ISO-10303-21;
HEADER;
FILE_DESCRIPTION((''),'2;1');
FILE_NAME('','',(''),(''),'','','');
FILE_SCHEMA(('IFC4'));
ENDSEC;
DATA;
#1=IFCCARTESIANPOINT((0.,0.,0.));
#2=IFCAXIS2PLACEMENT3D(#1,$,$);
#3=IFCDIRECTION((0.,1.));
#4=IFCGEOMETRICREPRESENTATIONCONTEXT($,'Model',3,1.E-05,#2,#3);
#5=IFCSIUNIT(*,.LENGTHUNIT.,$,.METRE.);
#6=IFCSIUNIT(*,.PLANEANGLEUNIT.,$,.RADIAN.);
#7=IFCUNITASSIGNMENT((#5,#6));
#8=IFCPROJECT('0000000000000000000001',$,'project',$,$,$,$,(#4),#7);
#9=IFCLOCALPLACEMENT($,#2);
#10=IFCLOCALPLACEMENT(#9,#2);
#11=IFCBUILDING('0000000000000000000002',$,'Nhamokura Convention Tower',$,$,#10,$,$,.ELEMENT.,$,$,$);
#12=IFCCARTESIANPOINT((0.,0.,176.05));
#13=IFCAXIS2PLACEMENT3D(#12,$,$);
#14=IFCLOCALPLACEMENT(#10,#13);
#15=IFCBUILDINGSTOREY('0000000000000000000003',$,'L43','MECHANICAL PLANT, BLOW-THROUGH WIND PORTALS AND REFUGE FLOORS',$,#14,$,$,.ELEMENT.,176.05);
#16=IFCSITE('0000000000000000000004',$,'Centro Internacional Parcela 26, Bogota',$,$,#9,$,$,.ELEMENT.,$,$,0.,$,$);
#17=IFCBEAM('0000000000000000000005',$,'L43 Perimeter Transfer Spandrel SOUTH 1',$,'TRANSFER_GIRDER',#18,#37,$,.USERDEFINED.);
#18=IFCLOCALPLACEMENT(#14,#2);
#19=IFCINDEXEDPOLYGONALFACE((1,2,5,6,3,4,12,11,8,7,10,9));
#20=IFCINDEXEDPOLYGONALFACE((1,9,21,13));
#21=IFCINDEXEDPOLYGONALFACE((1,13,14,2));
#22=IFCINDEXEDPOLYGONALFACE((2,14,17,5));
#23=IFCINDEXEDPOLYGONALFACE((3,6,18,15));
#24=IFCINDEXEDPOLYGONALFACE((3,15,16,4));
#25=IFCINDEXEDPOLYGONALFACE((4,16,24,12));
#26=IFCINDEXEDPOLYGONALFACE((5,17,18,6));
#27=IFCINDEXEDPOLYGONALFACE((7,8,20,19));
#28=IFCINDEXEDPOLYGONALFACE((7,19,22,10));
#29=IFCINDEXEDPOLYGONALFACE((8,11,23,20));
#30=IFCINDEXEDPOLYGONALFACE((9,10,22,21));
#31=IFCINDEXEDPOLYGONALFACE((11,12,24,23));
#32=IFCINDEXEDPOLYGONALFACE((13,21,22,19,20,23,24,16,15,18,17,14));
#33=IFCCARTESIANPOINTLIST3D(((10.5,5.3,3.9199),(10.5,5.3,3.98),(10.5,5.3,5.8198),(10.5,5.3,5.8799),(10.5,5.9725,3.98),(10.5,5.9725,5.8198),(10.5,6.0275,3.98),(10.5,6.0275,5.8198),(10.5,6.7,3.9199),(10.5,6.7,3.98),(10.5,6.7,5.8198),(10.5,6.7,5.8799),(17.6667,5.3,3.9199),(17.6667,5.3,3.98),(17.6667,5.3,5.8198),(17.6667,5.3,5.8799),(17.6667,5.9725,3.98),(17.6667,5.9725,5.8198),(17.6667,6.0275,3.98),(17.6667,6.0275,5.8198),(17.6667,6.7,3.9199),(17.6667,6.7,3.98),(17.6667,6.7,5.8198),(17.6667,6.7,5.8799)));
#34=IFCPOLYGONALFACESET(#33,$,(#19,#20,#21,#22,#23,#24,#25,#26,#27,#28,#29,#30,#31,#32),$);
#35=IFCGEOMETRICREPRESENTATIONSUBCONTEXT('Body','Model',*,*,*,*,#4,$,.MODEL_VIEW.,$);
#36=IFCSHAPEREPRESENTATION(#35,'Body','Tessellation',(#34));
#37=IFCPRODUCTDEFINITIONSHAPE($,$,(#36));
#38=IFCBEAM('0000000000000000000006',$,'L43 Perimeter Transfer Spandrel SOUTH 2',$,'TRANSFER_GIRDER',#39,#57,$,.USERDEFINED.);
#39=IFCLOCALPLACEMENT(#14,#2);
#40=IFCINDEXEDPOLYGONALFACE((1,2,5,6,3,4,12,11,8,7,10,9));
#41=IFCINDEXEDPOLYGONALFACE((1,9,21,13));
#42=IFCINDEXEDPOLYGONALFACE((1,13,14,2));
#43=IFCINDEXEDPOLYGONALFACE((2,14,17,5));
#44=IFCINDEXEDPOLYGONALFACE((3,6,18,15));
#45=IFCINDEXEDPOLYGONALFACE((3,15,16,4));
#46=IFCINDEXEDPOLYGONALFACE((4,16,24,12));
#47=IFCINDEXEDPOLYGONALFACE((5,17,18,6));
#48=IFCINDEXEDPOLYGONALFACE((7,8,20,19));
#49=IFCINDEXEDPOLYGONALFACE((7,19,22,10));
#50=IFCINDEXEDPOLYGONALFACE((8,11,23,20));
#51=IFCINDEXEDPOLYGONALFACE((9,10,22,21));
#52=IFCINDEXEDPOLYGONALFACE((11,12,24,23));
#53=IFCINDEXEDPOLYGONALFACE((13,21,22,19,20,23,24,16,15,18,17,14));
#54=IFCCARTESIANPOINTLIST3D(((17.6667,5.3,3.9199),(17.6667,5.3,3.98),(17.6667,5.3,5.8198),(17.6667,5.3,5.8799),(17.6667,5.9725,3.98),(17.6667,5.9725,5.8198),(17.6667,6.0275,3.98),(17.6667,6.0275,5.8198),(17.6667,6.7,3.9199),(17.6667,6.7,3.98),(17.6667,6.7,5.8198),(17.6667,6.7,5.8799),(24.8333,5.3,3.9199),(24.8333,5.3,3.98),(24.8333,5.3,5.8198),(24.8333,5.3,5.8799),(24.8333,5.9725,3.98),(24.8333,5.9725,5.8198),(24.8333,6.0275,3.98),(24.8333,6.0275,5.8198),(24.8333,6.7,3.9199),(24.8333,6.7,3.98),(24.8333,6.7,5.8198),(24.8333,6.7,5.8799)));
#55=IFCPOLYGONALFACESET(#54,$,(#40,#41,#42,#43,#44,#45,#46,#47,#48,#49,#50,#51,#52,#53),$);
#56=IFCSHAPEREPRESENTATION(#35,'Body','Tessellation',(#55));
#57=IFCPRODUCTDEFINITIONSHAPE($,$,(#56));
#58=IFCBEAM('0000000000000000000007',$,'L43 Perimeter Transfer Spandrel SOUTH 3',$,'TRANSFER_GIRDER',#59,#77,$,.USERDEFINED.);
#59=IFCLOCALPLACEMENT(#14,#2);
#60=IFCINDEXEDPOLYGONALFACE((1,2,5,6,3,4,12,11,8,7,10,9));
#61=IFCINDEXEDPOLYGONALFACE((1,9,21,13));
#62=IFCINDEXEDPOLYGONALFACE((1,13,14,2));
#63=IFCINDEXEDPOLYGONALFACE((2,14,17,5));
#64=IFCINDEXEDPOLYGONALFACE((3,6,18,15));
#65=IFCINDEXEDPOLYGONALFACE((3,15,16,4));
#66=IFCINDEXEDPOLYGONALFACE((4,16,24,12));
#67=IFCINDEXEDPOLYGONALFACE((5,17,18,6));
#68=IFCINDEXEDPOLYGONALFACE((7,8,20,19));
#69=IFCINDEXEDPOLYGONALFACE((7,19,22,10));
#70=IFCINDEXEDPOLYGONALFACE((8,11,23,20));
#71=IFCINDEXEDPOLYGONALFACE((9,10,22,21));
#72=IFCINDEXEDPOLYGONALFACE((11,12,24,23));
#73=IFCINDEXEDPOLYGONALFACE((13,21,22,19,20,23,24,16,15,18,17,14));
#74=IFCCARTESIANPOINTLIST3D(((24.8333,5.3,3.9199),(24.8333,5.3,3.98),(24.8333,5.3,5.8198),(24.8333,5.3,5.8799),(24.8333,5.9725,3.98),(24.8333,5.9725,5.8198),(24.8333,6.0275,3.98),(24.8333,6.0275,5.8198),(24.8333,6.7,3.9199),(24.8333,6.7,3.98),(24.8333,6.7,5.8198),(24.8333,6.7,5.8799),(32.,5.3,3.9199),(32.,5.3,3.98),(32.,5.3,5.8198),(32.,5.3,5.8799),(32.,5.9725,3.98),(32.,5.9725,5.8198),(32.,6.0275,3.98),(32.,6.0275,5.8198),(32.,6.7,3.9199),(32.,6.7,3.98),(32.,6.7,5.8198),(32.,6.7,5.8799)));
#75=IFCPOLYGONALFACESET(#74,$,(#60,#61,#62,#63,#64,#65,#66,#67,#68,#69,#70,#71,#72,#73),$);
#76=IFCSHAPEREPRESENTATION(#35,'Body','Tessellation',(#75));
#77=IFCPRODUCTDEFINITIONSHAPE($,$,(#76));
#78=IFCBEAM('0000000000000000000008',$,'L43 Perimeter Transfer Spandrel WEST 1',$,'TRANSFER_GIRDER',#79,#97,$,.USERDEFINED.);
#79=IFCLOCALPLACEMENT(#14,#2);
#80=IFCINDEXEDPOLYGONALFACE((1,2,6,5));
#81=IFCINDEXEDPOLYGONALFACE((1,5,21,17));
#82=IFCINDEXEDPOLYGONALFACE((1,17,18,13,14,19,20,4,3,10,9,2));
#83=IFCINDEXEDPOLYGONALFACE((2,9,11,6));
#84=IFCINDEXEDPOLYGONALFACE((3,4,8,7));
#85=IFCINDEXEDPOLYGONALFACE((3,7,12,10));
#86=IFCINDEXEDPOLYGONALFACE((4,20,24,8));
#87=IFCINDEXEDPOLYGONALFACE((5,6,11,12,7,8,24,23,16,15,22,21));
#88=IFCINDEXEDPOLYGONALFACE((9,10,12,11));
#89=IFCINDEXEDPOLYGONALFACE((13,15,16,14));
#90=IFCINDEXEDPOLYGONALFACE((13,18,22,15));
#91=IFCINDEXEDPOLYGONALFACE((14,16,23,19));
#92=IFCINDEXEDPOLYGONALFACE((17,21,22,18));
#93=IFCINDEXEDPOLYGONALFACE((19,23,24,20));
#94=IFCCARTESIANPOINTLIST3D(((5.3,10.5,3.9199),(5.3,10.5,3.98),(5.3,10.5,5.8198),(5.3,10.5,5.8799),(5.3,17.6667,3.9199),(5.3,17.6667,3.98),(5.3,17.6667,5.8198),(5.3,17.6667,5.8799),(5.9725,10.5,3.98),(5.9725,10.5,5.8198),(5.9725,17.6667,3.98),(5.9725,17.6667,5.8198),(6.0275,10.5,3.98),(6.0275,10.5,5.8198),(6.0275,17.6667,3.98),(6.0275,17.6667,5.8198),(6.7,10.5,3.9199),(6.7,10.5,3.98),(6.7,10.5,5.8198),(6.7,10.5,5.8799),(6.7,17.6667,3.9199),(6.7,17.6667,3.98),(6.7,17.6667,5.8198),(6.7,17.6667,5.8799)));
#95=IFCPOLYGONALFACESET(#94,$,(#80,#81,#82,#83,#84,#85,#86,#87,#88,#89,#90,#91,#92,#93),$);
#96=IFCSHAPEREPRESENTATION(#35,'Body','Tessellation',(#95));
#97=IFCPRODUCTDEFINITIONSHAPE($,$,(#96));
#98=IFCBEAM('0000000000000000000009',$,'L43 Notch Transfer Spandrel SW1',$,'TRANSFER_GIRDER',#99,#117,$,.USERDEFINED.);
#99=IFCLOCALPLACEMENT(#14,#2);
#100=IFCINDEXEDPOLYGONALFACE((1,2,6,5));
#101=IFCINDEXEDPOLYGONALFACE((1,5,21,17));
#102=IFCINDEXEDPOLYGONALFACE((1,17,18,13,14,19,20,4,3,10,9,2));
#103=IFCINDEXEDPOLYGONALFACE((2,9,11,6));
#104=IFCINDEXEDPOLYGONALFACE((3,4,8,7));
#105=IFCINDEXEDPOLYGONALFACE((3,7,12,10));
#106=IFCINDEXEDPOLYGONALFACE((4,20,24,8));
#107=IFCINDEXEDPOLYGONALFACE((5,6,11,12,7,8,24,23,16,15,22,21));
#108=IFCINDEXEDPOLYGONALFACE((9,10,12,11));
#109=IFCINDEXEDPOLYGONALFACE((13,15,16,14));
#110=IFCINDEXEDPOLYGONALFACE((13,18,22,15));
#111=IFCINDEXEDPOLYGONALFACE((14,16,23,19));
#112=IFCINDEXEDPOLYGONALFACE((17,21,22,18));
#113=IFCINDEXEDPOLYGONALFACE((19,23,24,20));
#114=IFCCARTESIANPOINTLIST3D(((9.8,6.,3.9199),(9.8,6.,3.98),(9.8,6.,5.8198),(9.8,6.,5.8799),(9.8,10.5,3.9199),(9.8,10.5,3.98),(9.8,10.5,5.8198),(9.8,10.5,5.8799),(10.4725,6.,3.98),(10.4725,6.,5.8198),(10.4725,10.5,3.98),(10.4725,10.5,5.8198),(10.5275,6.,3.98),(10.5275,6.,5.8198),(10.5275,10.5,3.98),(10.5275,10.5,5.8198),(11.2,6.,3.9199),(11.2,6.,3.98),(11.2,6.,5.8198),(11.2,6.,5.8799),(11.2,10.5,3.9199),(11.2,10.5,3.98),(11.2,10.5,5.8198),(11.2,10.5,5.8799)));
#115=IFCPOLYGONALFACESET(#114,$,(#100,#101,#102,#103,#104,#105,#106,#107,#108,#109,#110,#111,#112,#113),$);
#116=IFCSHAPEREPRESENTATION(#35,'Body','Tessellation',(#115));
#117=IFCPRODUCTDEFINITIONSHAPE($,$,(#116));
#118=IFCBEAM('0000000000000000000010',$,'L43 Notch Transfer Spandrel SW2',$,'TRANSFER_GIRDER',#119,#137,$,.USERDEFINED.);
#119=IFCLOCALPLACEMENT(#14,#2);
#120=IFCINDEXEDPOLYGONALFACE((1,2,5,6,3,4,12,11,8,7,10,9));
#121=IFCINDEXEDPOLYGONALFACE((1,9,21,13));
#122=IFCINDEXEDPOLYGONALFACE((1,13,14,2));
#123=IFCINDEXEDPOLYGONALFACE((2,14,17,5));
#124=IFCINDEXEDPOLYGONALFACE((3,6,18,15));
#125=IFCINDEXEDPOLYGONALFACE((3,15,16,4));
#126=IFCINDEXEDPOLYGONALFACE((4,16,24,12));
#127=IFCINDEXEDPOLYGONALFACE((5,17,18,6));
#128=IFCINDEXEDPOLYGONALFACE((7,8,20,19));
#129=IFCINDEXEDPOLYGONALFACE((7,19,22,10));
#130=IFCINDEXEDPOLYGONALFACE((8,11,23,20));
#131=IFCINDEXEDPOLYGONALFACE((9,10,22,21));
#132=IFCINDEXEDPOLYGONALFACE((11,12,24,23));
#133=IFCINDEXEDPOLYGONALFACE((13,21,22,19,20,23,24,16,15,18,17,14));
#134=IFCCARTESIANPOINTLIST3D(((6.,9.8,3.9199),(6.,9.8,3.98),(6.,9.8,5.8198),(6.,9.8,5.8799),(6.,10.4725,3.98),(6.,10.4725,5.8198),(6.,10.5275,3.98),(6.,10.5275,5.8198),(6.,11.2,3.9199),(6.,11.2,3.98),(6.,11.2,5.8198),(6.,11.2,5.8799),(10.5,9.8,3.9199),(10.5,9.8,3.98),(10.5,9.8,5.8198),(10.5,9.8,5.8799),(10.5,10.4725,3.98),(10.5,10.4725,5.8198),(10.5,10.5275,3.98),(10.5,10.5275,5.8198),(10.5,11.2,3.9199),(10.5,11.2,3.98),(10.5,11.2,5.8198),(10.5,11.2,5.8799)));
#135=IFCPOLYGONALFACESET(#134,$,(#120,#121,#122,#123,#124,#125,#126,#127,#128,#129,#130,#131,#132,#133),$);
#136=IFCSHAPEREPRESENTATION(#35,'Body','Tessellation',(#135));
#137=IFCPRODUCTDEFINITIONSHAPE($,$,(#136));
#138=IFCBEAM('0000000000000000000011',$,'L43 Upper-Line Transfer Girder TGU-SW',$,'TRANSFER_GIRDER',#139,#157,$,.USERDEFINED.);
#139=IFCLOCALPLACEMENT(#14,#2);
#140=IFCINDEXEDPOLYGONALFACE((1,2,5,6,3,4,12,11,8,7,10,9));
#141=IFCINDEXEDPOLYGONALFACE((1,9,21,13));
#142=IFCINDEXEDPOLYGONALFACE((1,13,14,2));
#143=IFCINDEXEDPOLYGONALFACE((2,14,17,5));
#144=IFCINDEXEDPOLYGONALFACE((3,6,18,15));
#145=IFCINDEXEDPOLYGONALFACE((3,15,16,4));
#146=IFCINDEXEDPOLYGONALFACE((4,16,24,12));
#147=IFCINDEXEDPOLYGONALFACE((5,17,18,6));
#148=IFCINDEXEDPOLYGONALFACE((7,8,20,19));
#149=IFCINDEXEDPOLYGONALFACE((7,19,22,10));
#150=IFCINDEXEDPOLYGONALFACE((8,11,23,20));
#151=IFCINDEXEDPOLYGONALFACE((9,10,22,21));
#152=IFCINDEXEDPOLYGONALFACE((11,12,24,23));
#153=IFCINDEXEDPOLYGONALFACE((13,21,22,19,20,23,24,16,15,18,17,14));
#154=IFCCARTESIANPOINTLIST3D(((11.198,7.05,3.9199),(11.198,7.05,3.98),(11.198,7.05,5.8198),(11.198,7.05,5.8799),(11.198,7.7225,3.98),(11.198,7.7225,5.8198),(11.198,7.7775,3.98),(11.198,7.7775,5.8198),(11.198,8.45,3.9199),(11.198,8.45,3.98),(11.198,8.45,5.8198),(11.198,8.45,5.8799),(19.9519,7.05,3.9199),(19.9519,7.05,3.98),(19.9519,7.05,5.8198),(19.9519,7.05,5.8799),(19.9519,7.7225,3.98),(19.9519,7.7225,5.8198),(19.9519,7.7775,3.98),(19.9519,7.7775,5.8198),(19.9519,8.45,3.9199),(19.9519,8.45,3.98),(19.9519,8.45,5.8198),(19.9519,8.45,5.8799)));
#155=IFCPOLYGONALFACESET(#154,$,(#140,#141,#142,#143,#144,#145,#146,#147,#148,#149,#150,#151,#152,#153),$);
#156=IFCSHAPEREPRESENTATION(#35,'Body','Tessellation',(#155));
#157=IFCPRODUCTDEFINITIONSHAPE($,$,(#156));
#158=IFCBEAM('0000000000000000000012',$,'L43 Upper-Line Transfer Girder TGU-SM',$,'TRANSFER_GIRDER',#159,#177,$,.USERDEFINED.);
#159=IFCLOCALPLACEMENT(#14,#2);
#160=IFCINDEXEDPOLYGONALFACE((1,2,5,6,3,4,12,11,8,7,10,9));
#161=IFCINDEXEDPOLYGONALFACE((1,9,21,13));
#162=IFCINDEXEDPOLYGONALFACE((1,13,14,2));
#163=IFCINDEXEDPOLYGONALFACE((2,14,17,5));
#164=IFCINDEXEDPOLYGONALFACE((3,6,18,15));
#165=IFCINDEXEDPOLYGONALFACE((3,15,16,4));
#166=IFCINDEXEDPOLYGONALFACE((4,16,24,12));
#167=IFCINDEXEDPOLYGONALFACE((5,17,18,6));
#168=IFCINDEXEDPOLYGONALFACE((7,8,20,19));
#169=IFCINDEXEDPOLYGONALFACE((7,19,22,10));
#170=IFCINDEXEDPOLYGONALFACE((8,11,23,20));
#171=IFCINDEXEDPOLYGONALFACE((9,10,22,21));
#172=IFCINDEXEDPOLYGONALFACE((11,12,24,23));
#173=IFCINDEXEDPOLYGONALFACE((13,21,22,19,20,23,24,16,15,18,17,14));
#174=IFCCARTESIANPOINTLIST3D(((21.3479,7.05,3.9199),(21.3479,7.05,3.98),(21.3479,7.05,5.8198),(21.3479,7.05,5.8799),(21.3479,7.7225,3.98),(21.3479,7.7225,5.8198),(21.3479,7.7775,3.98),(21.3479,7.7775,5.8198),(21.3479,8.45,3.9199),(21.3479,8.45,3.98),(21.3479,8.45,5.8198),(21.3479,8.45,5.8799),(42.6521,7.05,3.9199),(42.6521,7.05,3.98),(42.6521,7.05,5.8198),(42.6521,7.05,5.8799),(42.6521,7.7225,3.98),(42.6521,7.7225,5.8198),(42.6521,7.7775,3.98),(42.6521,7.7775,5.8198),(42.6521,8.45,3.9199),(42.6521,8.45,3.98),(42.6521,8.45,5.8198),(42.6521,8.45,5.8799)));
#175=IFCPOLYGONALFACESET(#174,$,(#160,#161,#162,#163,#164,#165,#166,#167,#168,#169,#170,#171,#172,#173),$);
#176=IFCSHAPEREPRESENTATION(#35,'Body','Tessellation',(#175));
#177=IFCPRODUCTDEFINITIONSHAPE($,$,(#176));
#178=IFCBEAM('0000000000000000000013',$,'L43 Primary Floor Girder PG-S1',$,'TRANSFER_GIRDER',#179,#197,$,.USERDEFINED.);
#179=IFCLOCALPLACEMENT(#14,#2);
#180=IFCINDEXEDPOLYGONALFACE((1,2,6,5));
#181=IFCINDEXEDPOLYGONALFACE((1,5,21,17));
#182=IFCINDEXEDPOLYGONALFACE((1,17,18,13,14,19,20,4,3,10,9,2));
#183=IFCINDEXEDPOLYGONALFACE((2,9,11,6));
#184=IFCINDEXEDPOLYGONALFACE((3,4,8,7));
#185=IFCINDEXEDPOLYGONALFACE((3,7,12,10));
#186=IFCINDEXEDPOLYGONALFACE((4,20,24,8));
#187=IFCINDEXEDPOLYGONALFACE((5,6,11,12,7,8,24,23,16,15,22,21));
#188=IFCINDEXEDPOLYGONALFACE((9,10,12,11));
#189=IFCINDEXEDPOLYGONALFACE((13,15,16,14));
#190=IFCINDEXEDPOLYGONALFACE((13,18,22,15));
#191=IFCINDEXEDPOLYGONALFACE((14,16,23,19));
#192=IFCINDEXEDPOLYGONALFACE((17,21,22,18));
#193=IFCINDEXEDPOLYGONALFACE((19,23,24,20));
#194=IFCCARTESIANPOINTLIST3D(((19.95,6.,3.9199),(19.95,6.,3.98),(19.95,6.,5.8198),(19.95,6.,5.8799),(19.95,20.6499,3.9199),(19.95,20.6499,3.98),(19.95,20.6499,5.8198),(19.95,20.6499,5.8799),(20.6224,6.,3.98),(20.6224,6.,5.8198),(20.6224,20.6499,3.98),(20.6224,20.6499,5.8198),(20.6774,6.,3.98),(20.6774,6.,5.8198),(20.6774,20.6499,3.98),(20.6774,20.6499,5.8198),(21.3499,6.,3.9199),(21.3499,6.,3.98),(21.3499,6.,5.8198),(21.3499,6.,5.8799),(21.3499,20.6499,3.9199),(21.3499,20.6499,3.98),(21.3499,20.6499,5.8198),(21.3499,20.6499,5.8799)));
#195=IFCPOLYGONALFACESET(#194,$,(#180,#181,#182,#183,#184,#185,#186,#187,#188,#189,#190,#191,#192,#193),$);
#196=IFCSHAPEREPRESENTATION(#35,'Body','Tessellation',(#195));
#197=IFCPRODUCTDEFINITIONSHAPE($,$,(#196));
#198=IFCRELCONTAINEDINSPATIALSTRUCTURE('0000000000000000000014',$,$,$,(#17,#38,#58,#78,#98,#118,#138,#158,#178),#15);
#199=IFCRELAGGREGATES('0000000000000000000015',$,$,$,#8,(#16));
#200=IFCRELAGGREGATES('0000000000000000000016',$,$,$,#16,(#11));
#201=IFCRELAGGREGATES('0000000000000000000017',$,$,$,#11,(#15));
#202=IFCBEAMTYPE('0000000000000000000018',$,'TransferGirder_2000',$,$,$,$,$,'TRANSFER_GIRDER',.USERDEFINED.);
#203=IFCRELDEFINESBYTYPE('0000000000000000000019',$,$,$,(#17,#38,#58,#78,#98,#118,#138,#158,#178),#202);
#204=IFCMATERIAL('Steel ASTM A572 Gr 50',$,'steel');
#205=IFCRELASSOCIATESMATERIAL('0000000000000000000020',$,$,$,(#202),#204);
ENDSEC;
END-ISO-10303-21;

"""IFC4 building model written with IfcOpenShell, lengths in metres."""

from ifc_helpers import new_model, si_unit, direction, frame, origin, origin_2d, place, context, subcontext, project, spatial, i_section, extrude, material, material_profile, profile_set, type_object, element, save


model = new_model("IFC4")

# Units and contexts
model_context = context("Model", 3, precision=1e-05, world=origin(), true_north=direction((0.0, 1.0)))
body_context = subcontext(model_context, "Body", "Model", "MODEL_VIEW")
ifc_project = project(units=[si_unit("LENGTHUNIT", "METRE"), si_unit("PLANEANGLEUNIT", "RADIAN")], contexts=[model_context])

# Site, building, storey
site_placement = place(None, origin())
site = spatial("IfcSite", under=ifc_project, at=site_placement, Name="Centro Internacional Parcela 26, Bogota", CompositionType="ELEMENT", RefElevation=0.0)
building_placement = place(site_placement, origin())
building = spatial("IfcBuilding", under=site, at=building_placement, Name="Nhamokura Convention Tower", CompositionType="ELEMENT")
storey_placement = place(building_placement, frame((0.0, 0.0, 176.05)))
storey = spatial("IfcBuildingStorey", under=building, at=storey_placement, Name="L43", Description="MECHANICAL PLANT, BLOW-THROUGH WIND PORTALS AND REFUGE FLOORS", CompositionType="ELEMENT", Elevation=176.05)

# Beams
ifc_material_1 = material(Name="Steel ASTM A572 Gr 50", Category="steel")
ifc_material_profile_1 = material_profile(ifc_material_1, i_section(OverallWidth=1.3999, OverallDepth=1.96, WebThickness=0.0549, FlangeThickness=0.0601, at=origin_2d()))
ifc_profile_set_1 = profile_set([ifc_material_profile_1], Name="Steel ASTM A572 Gr 50")
beam_type_1 = type_object("IfcBeamType", Name="TransferGirder_2000", ElementType="TRANSFER_GIRDER", PredefinedType="USERDEFINED", material=ifc_profile_set_1)
beam_1_placement = place(storey_placement, frame((10.5, 6.0, 4.8999), z_axis=(1.0, 0.0, 0.0), x_axis=(0.0, 1.0, 0.0)))
element("IfcBeam", 1, at=beam_1_placement, inside=storey, type_object=beam_type_1, Name="L43 Perimeter Transfer Spandrel SOUTH 1", ObjectType="TRANSFER_GIRDER", PredefinedType="USERDEFINED", context=body_context, shape_type="SweptSolid", body=[
    extrude(i_section(OverallWidth=1.3999, OverallDepth=1.96, WebThickness=0.0549, FlangeThickness=0.0601, at=origin_2d()), origin(), (0.0, 0.0, 1.0), 7.1667),
])
beam_2_placement = place(storey_placement, frame((17.6667, 6.0, 4.8999), z_axis=(1.0, 0.0, 0.0), x_axis=(0.0, 1.0, 0.0)))
element("IfcBeam", 2, at=beam_2_placement, inside=storey, type_object=beam_type_1, Name="L43 Perimeter Transfer Spandrel SOUTH 2", ObjectType="TRANSFER_GIRDER", PredefinedType="USERDEFINED", context=body_context, shape_type="SweptSolid", body=[
    extrude(i_section(OverallWidth=1.3999, OverallDepth=1.96, WebThickness=0.0549, FlangeThickness=0.0601, at=origin_2d()), origin(), (0.0, 0.0, 1.0), 7.1665),
])
for number, where, z_axis, x_axis, name in (
    (3, (24.8333, 6.0, 4.8999), (1.0, 0.0, 0.0), (0.0, 1.0, 0.0), "L43 Perimeter Transfer Spandrel SOUTH 3"),
    (4, (6.0, 10.5, 4.8999), (0.0, 1.0, 0.0), (-1.0, 0.0, 0.0), "L43 Perimeter Transfer Spandrel WEST 1"),
):
    element("IfcBeam", number, at=place(storey_placement, frame(where, z_axis=z_axis, x_axis=x_axis)), inside=storey, type_object=beam_type_1, Name=name, ObjectType="TRANSFER_GIRDER", PredefinedType="USERDEFINED", context=body_context, shape_type="SweptSolid", body=[
        extrude(i_section(OverallWidth=1.3999, OverallDepth=1.96, WebThickness=0.0549, FlangeThickness=0.0601, at=origin_2d()), origin(), (0.0, 0.0, 1.0), 7.1667),
    ])
for number, where, z_axis, x_axis, name in (
    (5, (10.5, 6.0, 4.8999), (0.0, 1.0, 0.0), (-1.0, 0.0, 0.0), "L43 Notch Transfer Spandrel SW1"),
    (6, (10.5, 10.5, 4.8999), (-1.0, 0.0, 0.0), (0.0, -1.0, 0.0), "L43 Notch Transfer Spandrel SW2"),
):
    element("IfcBeam", number, at=place(storey_placement, frame(where, z_axis=z_axis, x_axis=x_axis)), inside=storey, type_object=beam_type_1, Name=name, ObjectType="TRANSFER_GIRDER", PredefinedType="USERDEFINED", context=body_context, shape_type="SweptSolid", body=[
        extrude(i_section(OverallWidth=1.3999, OverallDepth=1.96, WebThickness=0.0549, FlangeThickness=0.0601, at=origin_2d()), origin(), (0.0, 0.0, 1.0), 4.5),
    ])
beam_3_placement = place(storey_placement, frame((11.198, 7.75, 4.8999), z_axis=(1.0, 0.0, 0.0), x_axis=(0.0, 1.0, 0.0)))
element("IfcBeam", 7, at=beam_3_placement, inside=storey, type_object=beam_type_1, Name="L43 Upper-Line Transfer Girder TGU-SW", ObjectType="TRANSFER_GIRDER", PredefinedType="USERDEFINED", context=body_context, shape_type="SweptSolid", body=[
    extrude(i_section(OverallWidth=1.3999, OverallDepth=1.96, WebThickness=0.0549, FlangeThickness=0.0601, at=origin_2d()), origin(), (0.0, 0.0, 1.0), 8.7539),
])
beam_4_placement = place(storey_placement, frame((21.3479, 7.75, 4.8999), z_axis=(1.0, 0.0, 0.0), x_axis=(0.0, 1.0, 0.0)))
element("IfcBeam", 8, at=beam_4_placement, inside=storey, type_object=beam_type_1, Name="L43 Upper-Line Transfer Girder TGU-SM", ObjectType="TRANSFER_GIRDER", PredefinedType="USERDEFINED", context=body_context, shape_type="SweptSolid", body=[
    extrude(i_section(OverallWidth=1.3999, OverallDepth=1.96, WebThickness=0.0549, FlangeThickness=0.0601, at=origin_2d()), origin(), (0.0, 0.0, 1.0), 21.3042),
])
beam_5_placement = place(storey_placement, frame((20.6499, 6.0, 4.8999), z_axis=(0.0, 1.0, 0.0), x_axis=(-1.0, 0.0, 0.0)))
element("IfcBeam", 9, at=beam_5_placement, inside=storey, type_object=beam_type_1, Name="L43 Primary Floor Girder PG-S1", ObjectType="TRANSFER_GIRDER", PredefinedType="USERDEFINED", context=body_context, shape_type="SweptSolid", body=[
    extrude(i_section(OverallWidth=1.3999, OverallDepth=1.96, WebThickness=0.0549, FlangeThickness=0.0601, at=origin_2d()), origin(), (0.0, 0.0, 1.0), 14.6499),
])

save(model, "model.ifc")
